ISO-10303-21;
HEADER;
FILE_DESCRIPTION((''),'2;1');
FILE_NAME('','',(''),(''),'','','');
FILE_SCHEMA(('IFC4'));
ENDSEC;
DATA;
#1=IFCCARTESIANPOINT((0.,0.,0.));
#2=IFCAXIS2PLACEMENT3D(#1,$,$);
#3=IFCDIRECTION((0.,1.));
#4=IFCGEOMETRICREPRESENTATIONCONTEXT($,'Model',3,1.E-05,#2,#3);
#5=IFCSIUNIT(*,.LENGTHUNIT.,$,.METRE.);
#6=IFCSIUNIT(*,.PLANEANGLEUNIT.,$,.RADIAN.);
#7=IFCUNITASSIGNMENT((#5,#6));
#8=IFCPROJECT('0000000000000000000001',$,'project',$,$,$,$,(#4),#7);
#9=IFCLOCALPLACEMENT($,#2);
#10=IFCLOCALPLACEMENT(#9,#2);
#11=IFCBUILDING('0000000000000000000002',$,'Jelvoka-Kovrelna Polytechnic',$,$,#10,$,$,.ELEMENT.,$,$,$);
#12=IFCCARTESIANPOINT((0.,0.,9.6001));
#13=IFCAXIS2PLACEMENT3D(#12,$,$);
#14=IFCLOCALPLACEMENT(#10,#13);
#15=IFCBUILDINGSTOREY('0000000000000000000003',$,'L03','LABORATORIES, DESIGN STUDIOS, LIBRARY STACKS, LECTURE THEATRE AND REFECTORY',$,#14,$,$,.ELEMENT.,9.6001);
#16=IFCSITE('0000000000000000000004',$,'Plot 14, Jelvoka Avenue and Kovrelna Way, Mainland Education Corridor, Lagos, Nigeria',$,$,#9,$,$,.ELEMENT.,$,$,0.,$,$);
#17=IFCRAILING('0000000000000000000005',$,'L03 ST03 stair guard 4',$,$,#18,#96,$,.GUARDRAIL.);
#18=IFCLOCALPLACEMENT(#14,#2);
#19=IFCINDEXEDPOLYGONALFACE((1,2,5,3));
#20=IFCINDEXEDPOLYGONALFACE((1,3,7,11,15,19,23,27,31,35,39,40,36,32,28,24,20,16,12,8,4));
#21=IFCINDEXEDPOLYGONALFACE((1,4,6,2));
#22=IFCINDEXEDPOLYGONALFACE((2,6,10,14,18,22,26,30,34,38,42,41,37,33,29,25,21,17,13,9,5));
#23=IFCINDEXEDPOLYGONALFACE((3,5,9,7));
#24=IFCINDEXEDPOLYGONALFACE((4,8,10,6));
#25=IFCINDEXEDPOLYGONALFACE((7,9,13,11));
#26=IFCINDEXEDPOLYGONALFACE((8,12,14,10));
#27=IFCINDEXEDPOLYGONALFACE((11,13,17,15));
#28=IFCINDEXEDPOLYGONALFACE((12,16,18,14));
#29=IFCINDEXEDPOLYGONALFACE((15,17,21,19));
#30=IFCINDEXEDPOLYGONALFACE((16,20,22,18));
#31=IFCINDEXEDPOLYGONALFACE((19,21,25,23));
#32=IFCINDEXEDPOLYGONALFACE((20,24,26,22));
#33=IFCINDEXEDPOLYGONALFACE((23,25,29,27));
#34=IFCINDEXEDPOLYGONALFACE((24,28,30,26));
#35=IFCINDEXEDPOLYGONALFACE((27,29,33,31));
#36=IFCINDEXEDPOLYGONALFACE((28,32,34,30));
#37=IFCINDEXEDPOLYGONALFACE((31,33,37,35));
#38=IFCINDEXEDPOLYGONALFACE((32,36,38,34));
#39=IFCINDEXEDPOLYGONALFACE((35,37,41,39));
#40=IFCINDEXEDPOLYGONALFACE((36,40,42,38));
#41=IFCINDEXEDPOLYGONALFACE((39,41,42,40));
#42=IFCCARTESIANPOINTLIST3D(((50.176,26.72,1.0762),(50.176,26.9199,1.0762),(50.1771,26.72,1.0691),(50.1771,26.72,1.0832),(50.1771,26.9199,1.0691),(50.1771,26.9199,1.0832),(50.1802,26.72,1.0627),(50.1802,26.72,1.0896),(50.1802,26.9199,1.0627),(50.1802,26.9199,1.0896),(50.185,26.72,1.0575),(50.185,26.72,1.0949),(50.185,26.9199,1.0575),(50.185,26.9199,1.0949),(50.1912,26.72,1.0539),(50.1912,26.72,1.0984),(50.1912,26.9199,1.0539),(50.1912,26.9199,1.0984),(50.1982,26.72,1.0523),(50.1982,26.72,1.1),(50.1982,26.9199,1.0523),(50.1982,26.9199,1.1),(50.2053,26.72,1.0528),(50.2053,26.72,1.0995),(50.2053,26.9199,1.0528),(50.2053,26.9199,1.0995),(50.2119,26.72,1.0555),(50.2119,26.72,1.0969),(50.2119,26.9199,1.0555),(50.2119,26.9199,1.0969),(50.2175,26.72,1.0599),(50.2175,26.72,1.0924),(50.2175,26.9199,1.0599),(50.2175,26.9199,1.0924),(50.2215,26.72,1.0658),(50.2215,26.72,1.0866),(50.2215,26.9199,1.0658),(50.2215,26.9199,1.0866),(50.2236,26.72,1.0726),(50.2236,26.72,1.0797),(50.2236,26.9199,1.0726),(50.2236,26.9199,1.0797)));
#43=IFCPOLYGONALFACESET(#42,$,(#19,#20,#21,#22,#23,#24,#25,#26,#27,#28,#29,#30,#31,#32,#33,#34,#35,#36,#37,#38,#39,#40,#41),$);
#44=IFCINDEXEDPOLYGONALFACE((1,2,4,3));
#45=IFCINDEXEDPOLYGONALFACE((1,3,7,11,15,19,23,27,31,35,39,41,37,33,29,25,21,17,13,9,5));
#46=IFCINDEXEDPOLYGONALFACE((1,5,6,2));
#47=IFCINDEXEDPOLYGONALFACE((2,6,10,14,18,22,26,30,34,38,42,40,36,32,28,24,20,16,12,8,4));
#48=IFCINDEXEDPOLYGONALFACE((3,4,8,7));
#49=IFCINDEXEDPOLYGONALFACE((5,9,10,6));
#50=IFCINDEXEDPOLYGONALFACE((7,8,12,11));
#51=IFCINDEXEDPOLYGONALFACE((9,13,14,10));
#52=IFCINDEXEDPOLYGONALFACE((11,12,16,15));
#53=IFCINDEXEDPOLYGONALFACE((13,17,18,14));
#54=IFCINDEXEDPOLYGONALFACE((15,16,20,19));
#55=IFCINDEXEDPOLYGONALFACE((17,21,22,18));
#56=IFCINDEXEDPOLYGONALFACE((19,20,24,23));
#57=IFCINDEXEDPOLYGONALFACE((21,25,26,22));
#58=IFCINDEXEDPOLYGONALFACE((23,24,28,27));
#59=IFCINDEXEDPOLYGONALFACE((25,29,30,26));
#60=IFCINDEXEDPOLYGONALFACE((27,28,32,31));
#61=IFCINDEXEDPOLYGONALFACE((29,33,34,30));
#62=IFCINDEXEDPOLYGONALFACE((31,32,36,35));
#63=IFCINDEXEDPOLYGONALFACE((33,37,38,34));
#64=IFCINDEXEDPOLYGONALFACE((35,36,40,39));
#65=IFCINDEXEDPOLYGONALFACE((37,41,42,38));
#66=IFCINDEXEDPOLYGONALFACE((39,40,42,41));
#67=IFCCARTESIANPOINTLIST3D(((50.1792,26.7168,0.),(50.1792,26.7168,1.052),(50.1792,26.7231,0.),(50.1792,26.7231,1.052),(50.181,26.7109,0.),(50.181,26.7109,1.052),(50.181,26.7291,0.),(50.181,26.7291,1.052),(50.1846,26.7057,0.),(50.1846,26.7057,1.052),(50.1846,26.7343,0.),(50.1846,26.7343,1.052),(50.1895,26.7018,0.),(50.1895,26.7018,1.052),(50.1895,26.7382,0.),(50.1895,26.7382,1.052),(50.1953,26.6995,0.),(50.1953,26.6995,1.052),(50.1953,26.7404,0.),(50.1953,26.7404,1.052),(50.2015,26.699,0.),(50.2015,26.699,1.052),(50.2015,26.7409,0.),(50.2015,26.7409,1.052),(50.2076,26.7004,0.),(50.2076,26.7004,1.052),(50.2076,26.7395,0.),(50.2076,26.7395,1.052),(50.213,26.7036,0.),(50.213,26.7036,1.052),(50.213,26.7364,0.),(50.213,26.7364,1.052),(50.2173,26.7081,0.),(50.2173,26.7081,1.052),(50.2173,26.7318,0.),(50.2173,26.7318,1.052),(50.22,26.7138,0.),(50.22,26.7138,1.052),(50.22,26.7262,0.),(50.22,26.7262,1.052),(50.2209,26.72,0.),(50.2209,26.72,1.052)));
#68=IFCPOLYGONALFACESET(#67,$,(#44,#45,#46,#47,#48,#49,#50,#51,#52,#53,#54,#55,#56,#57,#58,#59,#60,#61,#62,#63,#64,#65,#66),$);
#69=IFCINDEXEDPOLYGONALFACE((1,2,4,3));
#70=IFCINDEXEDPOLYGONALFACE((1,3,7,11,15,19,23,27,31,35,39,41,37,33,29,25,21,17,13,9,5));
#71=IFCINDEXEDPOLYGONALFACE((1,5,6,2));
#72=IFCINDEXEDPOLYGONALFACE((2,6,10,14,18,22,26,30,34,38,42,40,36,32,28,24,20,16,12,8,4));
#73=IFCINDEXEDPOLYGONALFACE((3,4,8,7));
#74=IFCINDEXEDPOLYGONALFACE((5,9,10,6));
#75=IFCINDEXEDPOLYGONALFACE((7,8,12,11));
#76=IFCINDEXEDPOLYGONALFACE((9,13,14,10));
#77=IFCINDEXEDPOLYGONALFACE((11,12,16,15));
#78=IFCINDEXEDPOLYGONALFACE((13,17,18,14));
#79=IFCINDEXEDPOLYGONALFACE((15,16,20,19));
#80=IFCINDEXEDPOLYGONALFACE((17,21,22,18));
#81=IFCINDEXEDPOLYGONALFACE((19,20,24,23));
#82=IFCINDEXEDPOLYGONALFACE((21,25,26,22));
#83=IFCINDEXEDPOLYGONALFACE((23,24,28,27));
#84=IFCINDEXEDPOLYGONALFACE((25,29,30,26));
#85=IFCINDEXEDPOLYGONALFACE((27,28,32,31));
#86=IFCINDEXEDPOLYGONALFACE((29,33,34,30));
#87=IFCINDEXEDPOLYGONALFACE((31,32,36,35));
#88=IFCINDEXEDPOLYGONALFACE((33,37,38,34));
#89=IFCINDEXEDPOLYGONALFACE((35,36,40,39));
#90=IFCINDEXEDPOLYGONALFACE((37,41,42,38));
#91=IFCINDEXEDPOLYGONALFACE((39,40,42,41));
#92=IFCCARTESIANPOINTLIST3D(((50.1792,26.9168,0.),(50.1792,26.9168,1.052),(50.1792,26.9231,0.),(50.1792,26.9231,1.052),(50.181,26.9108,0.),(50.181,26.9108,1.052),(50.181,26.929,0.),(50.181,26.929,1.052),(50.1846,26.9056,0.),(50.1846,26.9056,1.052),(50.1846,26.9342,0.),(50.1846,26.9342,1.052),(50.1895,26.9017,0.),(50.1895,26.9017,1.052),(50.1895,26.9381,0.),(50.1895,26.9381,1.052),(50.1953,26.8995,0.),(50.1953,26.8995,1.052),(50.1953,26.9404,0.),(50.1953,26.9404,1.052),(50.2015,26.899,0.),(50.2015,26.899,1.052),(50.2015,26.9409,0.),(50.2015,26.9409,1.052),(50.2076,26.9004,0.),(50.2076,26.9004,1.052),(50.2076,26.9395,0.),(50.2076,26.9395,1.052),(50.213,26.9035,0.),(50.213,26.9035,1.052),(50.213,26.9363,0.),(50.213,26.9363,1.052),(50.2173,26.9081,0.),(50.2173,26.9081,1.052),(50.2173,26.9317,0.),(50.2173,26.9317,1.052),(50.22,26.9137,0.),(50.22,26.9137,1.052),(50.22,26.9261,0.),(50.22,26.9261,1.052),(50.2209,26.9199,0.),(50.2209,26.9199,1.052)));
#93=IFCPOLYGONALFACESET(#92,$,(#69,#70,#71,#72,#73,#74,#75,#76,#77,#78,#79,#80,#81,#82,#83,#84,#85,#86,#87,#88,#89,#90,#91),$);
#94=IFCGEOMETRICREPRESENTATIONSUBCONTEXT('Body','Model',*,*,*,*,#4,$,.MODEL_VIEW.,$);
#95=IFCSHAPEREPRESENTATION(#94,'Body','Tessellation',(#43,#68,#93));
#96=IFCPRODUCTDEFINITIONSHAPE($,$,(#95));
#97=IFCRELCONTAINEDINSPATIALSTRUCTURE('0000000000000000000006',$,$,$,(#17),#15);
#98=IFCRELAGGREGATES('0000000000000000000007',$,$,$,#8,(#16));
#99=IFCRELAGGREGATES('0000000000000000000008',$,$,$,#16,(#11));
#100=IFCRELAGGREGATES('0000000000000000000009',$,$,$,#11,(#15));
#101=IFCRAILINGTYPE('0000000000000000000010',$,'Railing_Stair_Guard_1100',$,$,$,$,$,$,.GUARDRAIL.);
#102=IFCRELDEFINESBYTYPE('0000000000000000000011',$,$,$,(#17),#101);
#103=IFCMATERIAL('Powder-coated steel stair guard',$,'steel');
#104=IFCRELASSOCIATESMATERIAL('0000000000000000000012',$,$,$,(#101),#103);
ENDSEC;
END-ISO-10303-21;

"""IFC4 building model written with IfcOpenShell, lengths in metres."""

from ifc_helpers import new_model, si_unit, direction, frame, origin, origin_2d, place, context, subcontext, project, spatial, circle, extrude, material, type_object, element, save


model = new_model("IFC4")

# Units and contexts
model_context = context("Model", 3, precision=1e-05, world=origin(), true_north=direction((0.0, 1.0)))
body_context = subcontext(model_context, "Body", "Model", "MODEL_VIEW")
ifc_project = project(units=[si_unit("LENGTHUNIT", "METRE"), si_unit("PLANEANGLEUNIT", "RADIAN")], contexts=[model_context])

# Site, building, storey
site_placement = place(None, origin())
site = spatial("IfcSite", under=ifc_project, at=site_placement, Name="Plot 14, Jelvoka Avenue and Kovrelna Way, Mainland Education Corridor, Lagos, Nigeria", CompositionType="ELEMENT", RefElevation=0.0)
building_placement = place(site_placement, origin())
building = spatial("IfcBuilding", under=site, at=building_placement, Name="Jelvoka-Kovrelna Polytechnic", CompositionType="ELEMENT")
storey_placement = place(building_placement, frame((0.0, 0.0, 9.6001)))
storey = spatial("IfcBuildingStorey", under=building, at=storey_placement, Name="L03", Description="LABORATORIES, DESIGN STUDIOS, LIBRARY STACKS, LECTURE THEATRE AND REFECTORY", CompositionType="ELEMENT", Elevation=9.6001)

# Railing
ifc_material_1 = material(Name="Powder-coated steel stair guard", Category="steel")
railing_type_1 = type_object("IfcRailingType", Name="Railing_Stair_Guard_1100", PredefinedType="GUARDRAIL", material=ifc_material_1)
railing_1_placement = place(storey_placement, frame((50.2, 26.72, 0.0)))
element("IfcRailing", 1, at=railing_1_placement, inside=storey, type_object=railing_type_1, Name="L03 ST03 stair guard 4", PredefinedType="GUARDRAIL", context=body_context, shape_type="SweptSolid", body=[
    extrude(circle(Radius=0.0239, at=origin_2d()), frame((0.0, 0.0, 1.0762), z_axis=(0.0, 1.0, 0.0), x_axis=(-1.0, 0.0, 0.0)), (0.0, 0.0, 1.0), 0.2),
    extrude(circle(Radius=0.021, at=origin_2d()), origin(), (0.0, 0.0, 1.0), 1.052),
    extrude(circle(Radius=0.021, at=origin_2d()), frame((0.0, 0.2, 0.0)), (0.0, 0.0, 1.0), 1.052),
])

save(model, "model.ifc")
